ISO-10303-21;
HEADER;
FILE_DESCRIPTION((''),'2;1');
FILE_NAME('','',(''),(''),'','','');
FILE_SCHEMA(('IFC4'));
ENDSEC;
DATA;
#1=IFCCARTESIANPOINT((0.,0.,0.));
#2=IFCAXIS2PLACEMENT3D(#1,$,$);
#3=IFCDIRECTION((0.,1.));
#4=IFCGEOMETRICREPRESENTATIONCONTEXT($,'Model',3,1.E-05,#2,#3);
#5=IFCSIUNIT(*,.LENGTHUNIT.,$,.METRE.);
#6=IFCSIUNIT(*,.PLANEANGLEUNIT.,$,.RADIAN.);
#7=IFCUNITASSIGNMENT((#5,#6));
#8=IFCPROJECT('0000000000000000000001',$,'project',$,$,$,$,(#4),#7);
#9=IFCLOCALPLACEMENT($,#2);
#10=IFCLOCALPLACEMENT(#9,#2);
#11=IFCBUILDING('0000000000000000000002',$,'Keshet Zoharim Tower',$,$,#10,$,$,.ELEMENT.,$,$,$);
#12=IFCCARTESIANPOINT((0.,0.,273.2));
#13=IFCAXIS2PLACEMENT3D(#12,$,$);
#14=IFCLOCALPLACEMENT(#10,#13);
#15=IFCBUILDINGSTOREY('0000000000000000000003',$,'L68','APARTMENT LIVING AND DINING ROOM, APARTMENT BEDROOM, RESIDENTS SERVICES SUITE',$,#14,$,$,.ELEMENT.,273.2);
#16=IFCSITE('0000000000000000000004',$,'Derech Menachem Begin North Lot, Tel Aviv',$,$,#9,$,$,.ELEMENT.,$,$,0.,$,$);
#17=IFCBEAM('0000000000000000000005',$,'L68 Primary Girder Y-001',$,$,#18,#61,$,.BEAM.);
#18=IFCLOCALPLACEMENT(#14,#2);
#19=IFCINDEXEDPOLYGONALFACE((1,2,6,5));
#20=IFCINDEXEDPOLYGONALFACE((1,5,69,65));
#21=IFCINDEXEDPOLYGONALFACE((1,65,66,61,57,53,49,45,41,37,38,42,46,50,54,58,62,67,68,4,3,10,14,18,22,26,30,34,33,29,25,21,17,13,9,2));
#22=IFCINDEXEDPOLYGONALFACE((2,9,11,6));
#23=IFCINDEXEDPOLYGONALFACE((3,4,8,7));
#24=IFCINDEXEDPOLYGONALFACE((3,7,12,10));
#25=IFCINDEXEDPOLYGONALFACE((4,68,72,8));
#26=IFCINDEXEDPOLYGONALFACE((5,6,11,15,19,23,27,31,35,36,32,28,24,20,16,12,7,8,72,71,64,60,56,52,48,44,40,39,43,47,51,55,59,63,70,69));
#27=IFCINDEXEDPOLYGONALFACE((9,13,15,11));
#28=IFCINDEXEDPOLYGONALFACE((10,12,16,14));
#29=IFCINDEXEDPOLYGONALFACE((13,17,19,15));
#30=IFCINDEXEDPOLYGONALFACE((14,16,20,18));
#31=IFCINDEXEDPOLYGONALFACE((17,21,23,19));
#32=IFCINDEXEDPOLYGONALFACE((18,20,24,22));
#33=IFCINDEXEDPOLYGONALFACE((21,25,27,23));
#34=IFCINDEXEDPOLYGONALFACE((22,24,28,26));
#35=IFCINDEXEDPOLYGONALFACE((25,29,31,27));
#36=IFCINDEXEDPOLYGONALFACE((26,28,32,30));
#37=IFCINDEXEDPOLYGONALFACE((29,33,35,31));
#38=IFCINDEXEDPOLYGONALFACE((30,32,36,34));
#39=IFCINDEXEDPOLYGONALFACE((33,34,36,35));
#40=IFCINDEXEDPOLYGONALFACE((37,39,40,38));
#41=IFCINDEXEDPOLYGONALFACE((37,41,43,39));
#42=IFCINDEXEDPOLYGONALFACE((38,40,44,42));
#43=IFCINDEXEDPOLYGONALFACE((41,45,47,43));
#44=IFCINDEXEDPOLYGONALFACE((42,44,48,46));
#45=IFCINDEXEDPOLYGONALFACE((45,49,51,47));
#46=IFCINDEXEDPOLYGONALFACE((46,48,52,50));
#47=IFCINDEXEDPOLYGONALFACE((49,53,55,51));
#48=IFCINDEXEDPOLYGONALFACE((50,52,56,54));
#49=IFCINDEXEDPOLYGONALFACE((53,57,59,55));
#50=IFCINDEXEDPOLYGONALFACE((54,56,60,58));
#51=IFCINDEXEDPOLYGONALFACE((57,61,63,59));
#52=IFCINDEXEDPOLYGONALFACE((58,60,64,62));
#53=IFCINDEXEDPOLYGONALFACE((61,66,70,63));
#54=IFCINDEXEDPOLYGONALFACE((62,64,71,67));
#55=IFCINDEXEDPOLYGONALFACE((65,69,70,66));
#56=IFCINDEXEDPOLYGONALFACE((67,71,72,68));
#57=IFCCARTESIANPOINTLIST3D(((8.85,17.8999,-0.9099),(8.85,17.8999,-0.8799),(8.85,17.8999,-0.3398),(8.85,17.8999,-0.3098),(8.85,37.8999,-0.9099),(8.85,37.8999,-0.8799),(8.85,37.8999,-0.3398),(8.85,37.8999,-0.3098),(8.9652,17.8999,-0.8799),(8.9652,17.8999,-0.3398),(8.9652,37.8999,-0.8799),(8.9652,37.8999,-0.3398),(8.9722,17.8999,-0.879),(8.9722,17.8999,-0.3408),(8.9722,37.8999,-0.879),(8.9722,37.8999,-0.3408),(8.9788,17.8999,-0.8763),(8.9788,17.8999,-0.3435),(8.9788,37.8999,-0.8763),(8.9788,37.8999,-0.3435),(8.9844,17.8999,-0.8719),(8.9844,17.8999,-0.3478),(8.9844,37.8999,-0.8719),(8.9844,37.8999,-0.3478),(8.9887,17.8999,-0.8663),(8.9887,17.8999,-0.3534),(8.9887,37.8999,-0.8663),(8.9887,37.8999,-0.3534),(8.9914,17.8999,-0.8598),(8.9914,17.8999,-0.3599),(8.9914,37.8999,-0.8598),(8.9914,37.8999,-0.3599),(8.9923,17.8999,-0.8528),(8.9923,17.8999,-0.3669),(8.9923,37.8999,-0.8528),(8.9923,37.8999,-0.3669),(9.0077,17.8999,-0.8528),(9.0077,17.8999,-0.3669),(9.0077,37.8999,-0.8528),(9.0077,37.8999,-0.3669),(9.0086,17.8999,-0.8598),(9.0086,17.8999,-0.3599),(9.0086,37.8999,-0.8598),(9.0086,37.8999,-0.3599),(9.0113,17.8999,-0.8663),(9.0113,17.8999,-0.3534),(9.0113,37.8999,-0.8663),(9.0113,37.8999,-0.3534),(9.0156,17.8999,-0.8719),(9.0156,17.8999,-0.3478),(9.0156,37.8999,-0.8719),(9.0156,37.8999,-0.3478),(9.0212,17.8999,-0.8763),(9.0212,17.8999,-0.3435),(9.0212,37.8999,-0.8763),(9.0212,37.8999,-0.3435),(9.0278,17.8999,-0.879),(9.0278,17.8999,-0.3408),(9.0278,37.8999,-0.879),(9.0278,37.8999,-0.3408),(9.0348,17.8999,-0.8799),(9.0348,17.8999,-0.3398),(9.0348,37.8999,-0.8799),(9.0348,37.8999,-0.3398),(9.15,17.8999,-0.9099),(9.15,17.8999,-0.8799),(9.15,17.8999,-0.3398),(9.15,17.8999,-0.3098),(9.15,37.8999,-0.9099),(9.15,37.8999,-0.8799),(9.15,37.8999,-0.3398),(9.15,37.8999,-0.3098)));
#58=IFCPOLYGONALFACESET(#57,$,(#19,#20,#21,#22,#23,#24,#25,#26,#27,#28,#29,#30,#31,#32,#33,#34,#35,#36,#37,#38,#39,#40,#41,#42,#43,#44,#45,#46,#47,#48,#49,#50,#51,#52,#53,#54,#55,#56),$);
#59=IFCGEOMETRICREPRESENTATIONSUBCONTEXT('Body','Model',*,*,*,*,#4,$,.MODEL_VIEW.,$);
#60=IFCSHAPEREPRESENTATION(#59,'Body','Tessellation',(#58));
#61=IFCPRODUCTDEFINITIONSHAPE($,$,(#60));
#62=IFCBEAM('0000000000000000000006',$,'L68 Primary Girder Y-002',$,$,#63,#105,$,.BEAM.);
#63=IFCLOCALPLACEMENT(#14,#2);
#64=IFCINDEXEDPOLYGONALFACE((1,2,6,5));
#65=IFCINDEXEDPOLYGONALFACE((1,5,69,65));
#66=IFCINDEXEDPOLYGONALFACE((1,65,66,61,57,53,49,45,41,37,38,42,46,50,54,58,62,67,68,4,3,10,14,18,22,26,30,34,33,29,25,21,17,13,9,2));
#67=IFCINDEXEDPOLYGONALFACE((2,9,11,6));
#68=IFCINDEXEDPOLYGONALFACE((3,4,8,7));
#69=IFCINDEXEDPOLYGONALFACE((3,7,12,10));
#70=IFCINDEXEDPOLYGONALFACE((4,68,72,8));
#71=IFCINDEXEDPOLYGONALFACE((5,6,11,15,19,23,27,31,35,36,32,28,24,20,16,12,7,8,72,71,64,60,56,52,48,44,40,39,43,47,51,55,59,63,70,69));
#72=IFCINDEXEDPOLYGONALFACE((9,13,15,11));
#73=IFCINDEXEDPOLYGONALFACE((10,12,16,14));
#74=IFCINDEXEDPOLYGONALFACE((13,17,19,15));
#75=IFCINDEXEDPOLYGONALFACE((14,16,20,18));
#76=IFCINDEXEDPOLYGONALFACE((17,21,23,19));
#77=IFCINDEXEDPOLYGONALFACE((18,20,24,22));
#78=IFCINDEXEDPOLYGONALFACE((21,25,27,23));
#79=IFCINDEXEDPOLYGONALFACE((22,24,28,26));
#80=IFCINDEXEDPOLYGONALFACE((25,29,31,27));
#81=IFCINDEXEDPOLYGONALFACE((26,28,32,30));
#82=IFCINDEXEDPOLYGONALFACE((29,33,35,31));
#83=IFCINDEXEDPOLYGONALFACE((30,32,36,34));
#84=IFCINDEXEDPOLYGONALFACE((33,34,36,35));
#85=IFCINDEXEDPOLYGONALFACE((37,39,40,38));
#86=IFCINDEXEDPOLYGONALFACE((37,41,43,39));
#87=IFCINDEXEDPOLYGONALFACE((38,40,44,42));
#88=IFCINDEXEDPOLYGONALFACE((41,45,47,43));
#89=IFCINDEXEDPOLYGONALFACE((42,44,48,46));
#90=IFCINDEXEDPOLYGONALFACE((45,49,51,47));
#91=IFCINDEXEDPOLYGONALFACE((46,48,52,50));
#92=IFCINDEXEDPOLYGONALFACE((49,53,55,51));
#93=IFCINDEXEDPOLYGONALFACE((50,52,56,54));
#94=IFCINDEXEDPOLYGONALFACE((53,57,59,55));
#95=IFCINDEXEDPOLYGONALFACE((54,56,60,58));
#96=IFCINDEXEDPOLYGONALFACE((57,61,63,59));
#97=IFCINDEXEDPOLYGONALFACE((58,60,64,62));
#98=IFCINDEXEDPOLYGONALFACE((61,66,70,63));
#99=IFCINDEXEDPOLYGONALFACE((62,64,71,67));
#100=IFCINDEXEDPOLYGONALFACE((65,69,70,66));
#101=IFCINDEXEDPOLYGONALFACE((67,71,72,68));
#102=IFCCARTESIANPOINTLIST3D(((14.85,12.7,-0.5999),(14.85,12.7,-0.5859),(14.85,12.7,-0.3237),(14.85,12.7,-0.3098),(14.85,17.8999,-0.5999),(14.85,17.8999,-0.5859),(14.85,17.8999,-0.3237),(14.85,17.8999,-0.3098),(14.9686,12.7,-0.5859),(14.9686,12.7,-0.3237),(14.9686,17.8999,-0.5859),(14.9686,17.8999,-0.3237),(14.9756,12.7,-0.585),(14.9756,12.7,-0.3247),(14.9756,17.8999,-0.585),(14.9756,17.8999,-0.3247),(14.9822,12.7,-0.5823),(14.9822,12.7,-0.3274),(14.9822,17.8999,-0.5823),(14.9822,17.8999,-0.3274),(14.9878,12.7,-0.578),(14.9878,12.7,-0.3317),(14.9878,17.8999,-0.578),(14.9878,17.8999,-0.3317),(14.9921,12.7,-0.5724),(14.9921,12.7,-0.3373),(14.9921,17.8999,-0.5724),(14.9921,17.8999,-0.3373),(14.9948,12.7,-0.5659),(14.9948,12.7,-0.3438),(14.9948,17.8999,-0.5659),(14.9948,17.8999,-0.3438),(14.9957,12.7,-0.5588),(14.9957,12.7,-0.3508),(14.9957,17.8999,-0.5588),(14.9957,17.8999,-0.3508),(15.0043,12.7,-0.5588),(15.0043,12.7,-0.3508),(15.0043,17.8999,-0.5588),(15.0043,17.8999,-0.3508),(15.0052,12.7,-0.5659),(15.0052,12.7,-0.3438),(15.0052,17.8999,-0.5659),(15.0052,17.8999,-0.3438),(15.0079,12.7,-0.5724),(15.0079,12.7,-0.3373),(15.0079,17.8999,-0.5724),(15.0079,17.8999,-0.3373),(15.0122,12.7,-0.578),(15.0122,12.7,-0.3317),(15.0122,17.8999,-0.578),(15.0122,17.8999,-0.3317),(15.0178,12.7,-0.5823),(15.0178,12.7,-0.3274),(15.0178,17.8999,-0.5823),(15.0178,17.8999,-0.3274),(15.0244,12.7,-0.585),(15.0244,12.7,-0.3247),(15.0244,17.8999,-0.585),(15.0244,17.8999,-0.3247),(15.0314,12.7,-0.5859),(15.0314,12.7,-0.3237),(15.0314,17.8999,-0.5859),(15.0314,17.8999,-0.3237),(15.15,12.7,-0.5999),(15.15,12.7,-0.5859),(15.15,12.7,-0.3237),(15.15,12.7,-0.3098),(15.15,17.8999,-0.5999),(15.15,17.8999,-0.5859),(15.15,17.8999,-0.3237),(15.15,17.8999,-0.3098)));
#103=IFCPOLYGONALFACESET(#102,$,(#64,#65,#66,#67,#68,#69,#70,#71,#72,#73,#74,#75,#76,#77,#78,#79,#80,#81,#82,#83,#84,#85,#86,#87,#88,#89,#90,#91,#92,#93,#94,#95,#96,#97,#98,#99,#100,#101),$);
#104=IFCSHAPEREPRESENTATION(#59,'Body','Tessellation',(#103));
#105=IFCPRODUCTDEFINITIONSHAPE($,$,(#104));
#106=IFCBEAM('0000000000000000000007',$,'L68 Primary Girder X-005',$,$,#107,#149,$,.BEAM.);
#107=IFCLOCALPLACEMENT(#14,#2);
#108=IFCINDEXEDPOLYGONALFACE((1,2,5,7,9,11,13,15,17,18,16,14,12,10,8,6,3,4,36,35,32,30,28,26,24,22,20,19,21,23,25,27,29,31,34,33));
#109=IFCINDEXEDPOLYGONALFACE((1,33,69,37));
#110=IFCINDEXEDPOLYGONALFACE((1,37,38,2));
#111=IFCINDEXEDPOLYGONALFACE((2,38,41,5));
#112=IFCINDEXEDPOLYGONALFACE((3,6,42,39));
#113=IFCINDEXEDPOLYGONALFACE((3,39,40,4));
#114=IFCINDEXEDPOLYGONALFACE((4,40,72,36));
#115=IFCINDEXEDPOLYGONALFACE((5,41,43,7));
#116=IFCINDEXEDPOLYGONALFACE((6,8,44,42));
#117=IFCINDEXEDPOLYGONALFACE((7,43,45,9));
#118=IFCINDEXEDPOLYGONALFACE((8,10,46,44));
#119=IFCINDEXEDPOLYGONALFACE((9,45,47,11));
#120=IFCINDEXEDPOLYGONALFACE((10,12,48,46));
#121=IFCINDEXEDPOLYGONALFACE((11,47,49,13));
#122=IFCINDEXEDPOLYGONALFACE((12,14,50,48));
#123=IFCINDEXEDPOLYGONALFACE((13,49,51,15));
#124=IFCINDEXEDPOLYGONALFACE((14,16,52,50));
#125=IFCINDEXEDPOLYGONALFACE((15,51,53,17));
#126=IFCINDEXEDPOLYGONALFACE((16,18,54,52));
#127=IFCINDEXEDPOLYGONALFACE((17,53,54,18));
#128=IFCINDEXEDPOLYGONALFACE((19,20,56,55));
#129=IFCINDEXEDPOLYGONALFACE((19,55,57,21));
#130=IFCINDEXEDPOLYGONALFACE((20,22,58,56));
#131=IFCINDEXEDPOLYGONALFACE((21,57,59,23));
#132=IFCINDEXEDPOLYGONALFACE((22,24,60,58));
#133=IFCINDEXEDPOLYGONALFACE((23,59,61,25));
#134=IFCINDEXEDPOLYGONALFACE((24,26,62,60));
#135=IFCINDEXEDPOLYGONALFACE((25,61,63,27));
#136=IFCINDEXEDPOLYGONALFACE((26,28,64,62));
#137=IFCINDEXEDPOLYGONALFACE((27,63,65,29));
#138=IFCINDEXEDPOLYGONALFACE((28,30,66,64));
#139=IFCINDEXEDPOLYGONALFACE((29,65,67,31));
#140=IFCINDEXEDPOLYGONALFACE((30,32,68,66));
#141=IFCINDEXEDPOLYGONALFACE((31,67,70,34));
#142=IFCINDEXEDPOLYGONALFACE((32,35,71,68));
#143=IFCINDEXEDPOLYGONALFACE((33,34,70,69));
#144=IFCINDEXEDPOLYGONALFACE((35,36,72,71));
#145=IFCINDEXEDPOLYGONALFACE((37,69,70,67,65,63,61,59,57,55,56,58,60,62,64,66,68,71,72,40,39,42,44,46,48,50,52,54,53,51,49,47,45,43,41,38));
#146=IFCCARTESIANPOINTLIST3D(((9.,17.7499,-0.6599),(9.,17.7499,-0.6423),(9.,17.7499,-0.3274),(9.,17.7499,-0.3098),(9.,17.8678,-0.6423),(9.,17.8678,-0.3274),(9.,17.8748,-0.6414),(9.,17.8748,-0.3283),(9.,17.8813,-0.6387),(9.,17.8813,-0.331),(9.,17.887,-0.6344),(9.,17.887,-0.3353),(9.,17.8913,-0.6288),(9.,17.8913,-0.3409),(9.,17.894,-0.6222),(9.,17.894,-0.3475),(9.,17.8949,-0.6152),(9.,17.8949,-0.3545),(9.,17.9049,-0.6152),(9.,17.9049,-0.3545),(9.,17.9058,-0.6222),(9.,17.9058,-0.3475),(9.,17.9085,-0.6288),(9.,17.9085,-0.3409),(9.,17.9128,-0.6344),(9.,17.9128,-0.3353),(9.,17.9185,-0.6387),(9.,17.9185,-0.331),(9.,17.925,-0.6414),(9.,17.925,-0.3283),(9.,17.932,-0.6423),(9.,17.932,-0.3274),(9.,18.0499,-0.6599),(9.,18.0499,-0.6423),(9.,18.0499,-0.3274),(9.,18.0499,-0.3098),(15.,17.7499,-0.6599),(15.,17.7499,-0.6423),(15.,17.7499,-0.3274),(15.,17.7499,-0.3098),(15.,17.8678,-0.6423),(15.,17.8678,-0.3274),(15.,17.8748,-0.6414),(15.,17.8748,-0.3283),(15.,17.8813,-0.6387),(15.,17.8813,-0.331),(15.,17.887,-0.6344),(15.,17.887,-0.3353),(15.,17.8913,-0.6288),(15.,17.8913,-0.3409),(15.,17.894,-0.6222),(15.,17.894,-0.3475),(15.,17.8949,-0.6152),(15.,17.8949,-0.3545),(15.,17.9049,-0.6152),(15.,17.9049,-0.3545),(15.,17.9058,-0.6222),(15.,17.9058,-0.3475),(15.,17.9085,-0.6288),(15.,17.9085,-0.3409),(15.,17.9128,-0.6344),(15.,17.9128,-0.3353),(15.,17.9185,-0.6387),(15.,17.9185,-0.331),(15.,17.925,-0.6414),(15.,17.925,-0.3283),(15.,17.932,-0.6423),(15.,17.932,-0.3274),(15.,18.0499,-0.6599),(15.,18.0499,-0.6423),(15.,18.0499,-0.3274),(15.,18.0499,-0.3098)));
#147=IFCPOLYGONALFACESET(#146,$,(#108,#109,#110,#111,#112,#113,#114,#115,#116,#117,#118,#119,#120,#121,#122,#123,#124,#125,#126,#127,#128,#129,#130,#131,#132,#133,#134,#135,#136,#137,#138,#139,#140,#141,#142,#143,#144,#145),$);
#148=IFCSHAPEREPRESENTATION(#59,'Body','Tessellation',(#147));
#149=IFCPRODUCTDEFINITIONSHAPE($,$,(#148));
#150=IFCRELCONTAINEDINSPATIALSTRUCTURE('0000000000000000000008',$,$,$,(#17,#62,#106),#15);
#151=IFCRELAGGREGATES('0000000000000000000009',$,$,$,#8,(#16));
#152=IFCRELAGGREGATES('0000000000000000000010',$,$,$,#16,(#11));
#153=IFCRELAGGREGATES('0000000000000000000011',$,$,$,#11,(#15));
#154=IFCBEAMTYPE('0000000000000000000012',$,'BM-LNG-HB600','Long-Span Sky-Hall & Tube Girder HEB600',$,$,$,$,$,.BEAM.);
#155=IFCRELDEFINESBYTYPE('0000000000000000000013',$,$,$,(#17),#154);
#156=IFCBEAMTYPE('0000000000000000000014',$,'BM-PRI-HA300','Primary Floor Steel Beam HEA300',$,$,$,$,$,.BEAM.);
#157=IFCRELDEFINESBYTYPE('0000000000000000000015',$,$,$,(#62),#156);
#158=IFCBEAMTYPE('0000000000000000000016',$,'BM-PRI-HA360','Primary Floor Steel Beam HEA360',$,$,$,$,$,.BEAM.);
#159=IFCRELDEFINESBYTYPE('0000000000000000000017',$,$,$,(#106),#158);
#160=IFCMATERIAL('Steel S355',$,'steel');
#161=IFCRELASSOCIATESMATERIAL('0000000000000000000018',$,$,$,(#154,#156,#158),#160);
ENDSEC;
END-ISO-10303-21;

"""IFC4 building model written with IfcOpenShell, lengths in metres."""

from ifc_helpers import new_model, si_unit, direction, frame, origin, origin_2d, place, context, subcontext, project, spatial, i_section, extrude, material, material_profile, profile_set, type_object, element, save


model = new_model("IFC4")

# Units and contexts
model_context = context("Model", 3, precision=1e-05, world=origin(), true_north=direction((0.0, 1.0)))
body_context = subcontext(model_context, "Body", "Model", "MODEL_VIEW")
ifc_project = project(units=[si_unit("LENGTHUNIT", "METRE"), si_unit("PLANEANGLEUNIT", "RADIAN")], contexts=[model_context])

# Site, building, storey
site_placement = place(None, origin())
site = spatial("IfcSite", under=ifc_project, at=site_placement, Name="Derech Menachem Begin North Lot, Tel Aviv", CompositionType="ELEMENT", RefElevation=0.0)
building_placement = place(site_placement, origin())
building = spatial("IfcBuilding", under=site, at=building_placement, Name="Keshet Zoharim Tower", CompositionType="ELEMENT")
storey_placement = place(building_placement, frame((0.0, 0.0, 273.2)))
storey = spatial("IfcBuildingStorey", under=building, at=storey_placement, Name="L68", Description="APARTMENT LIVING AND DINING ROOM, APARTMENT BEDROOM, RESIDENTS SERVICES SUITE", CompositionType="ELEMENT", Elevation=273.2)

# Shared definitions
ifc_material_1 = material(Name="Steel S355", Category="steel")

# Beams
ifc_material_profile_1 = material_profile(ifc_material_1, i_section(OverallWidth=0.3, OverallDepth=0.6001, WebThickness=0.0154, FlangeThickness=0.03, FilletRadius=0.0271, at=origin_2d()), Name="HEB600")
ifc_profile_set_1 = profile_set([ifc_material_profile_1], Name="Steel S355")
beam_type_1 = type_object("IfcBeamType", Name="BM-LNG-HB600", Description="Long-Span Sky-Hall & Tube Girder HEB600", PredefinedType="BEAM", material=ifc_profile_set_1)
beam_1_placement = place(storey_placement, frame((9.0, 17.8999, -0.6099), z_axis=(0.0, 1.0, 0.0), x_axis=(-1.0, 0.0, 0.0)))
element("IfcBeam", 1, at=beam_1_placement, inside=storey, type_object=beam_type_1, Name="L68 Primary Girder Y-001", PredefinedType="BEAM", context=body_context, shape_type="SweptSolid", body=[
    extrude(i_section(OverallWidth=0.3, OverallDepth=0.6001, WebThickness=0.0154, FlangeThickness=0.03, FilletRadius=0.0271, at=origin_2d()), origin(), (0.0, 0.0, 1.0), 20.0),
])
ifc_material_profile_2 = material_profile(ifc_material_1, i_section(OverallWidth=0.3, OverallDepth=0.29, WebThickness=0.0085, FlangeThickness=0.0139, FilletRadius=0.0271, at=origin_2d()), Name="HEA300")
ifc_profile_set_2 = profile_set([ifc_material_profile_2], Name="Steel S355")
beam_type_2 = type_object("IfcBeamType", Name="BM-PRI-HA300", Description="Primary Floor Steel Beam HEA300", PredefinedType="BEAM", material=ifc_profile_set_2)
beam_2_placement = place(storey_placement, frame((15.0, 12.7, -0.4548), z_axis=(0.0, 1.0, 0.0), x_axis=(-1.0, 0.0, 0.0)))
element("IfcBeam", 2, at=beam_2_placement, inside=storey, type_object=beam_type_2, Name="L68 Primary Girder Y-002", PredefinedType="BEAM", context=body_context, shape_type="SweptSolid", body=[
    extrude(i_section(OverallWidth=0.3, OverallDepth=0.29, WebThickness=0.0085, FlangeThickness=0.0139, FilletRadius=0.0271, at=origin_2d()), origin(), (0.0, 0.0, 1.0), 5.2),
])
ifc_material_profile_3 = material_profile(ifc_material_1, i_section(OverallWidth=0.3, OverallDepth=0.3501, WebThickness=0.01, FlangeThickness=0.0176, FilletRadius=0.0271, at=origin_2d()), Name="HEA360")
ifc_profile_set_3 = profile_set([ifc_material_profile_3], Name="Steel S355")
beam_type_3 = type_object("IfcBeamType", Name="BM-PRI-HA360", Description="Primary Floor Steel Beam HEA360", PredefinedType="BEAM", material=ifc_profile_set_3)
beam_3_placement = place(storey_placement, frame((9.0, 17.8999, -0.4849), z_axis=(1.0, 0.0, 0.0), x_axis=(0.0, 1.0, 0.0)))
element("IfcBeam", 3, at=beam_3_placement, inside=storey, type_object=beam_type_3, Name="L68 Primary Girder X-005", PredefinedType="BEAM", context=body_context, shape_type="SweptSolid", body=[
    extrude(i_section(OverallWidth=0.3, OverallDepth=0.3501, WebThickness=0.01, FlangeThickness=0.0176, FilletRadius=0.0271, at=origin_2d()), origin(), (0.0, 0.0, 1.0), 6.0),
])

save(model, "model.ifc")
